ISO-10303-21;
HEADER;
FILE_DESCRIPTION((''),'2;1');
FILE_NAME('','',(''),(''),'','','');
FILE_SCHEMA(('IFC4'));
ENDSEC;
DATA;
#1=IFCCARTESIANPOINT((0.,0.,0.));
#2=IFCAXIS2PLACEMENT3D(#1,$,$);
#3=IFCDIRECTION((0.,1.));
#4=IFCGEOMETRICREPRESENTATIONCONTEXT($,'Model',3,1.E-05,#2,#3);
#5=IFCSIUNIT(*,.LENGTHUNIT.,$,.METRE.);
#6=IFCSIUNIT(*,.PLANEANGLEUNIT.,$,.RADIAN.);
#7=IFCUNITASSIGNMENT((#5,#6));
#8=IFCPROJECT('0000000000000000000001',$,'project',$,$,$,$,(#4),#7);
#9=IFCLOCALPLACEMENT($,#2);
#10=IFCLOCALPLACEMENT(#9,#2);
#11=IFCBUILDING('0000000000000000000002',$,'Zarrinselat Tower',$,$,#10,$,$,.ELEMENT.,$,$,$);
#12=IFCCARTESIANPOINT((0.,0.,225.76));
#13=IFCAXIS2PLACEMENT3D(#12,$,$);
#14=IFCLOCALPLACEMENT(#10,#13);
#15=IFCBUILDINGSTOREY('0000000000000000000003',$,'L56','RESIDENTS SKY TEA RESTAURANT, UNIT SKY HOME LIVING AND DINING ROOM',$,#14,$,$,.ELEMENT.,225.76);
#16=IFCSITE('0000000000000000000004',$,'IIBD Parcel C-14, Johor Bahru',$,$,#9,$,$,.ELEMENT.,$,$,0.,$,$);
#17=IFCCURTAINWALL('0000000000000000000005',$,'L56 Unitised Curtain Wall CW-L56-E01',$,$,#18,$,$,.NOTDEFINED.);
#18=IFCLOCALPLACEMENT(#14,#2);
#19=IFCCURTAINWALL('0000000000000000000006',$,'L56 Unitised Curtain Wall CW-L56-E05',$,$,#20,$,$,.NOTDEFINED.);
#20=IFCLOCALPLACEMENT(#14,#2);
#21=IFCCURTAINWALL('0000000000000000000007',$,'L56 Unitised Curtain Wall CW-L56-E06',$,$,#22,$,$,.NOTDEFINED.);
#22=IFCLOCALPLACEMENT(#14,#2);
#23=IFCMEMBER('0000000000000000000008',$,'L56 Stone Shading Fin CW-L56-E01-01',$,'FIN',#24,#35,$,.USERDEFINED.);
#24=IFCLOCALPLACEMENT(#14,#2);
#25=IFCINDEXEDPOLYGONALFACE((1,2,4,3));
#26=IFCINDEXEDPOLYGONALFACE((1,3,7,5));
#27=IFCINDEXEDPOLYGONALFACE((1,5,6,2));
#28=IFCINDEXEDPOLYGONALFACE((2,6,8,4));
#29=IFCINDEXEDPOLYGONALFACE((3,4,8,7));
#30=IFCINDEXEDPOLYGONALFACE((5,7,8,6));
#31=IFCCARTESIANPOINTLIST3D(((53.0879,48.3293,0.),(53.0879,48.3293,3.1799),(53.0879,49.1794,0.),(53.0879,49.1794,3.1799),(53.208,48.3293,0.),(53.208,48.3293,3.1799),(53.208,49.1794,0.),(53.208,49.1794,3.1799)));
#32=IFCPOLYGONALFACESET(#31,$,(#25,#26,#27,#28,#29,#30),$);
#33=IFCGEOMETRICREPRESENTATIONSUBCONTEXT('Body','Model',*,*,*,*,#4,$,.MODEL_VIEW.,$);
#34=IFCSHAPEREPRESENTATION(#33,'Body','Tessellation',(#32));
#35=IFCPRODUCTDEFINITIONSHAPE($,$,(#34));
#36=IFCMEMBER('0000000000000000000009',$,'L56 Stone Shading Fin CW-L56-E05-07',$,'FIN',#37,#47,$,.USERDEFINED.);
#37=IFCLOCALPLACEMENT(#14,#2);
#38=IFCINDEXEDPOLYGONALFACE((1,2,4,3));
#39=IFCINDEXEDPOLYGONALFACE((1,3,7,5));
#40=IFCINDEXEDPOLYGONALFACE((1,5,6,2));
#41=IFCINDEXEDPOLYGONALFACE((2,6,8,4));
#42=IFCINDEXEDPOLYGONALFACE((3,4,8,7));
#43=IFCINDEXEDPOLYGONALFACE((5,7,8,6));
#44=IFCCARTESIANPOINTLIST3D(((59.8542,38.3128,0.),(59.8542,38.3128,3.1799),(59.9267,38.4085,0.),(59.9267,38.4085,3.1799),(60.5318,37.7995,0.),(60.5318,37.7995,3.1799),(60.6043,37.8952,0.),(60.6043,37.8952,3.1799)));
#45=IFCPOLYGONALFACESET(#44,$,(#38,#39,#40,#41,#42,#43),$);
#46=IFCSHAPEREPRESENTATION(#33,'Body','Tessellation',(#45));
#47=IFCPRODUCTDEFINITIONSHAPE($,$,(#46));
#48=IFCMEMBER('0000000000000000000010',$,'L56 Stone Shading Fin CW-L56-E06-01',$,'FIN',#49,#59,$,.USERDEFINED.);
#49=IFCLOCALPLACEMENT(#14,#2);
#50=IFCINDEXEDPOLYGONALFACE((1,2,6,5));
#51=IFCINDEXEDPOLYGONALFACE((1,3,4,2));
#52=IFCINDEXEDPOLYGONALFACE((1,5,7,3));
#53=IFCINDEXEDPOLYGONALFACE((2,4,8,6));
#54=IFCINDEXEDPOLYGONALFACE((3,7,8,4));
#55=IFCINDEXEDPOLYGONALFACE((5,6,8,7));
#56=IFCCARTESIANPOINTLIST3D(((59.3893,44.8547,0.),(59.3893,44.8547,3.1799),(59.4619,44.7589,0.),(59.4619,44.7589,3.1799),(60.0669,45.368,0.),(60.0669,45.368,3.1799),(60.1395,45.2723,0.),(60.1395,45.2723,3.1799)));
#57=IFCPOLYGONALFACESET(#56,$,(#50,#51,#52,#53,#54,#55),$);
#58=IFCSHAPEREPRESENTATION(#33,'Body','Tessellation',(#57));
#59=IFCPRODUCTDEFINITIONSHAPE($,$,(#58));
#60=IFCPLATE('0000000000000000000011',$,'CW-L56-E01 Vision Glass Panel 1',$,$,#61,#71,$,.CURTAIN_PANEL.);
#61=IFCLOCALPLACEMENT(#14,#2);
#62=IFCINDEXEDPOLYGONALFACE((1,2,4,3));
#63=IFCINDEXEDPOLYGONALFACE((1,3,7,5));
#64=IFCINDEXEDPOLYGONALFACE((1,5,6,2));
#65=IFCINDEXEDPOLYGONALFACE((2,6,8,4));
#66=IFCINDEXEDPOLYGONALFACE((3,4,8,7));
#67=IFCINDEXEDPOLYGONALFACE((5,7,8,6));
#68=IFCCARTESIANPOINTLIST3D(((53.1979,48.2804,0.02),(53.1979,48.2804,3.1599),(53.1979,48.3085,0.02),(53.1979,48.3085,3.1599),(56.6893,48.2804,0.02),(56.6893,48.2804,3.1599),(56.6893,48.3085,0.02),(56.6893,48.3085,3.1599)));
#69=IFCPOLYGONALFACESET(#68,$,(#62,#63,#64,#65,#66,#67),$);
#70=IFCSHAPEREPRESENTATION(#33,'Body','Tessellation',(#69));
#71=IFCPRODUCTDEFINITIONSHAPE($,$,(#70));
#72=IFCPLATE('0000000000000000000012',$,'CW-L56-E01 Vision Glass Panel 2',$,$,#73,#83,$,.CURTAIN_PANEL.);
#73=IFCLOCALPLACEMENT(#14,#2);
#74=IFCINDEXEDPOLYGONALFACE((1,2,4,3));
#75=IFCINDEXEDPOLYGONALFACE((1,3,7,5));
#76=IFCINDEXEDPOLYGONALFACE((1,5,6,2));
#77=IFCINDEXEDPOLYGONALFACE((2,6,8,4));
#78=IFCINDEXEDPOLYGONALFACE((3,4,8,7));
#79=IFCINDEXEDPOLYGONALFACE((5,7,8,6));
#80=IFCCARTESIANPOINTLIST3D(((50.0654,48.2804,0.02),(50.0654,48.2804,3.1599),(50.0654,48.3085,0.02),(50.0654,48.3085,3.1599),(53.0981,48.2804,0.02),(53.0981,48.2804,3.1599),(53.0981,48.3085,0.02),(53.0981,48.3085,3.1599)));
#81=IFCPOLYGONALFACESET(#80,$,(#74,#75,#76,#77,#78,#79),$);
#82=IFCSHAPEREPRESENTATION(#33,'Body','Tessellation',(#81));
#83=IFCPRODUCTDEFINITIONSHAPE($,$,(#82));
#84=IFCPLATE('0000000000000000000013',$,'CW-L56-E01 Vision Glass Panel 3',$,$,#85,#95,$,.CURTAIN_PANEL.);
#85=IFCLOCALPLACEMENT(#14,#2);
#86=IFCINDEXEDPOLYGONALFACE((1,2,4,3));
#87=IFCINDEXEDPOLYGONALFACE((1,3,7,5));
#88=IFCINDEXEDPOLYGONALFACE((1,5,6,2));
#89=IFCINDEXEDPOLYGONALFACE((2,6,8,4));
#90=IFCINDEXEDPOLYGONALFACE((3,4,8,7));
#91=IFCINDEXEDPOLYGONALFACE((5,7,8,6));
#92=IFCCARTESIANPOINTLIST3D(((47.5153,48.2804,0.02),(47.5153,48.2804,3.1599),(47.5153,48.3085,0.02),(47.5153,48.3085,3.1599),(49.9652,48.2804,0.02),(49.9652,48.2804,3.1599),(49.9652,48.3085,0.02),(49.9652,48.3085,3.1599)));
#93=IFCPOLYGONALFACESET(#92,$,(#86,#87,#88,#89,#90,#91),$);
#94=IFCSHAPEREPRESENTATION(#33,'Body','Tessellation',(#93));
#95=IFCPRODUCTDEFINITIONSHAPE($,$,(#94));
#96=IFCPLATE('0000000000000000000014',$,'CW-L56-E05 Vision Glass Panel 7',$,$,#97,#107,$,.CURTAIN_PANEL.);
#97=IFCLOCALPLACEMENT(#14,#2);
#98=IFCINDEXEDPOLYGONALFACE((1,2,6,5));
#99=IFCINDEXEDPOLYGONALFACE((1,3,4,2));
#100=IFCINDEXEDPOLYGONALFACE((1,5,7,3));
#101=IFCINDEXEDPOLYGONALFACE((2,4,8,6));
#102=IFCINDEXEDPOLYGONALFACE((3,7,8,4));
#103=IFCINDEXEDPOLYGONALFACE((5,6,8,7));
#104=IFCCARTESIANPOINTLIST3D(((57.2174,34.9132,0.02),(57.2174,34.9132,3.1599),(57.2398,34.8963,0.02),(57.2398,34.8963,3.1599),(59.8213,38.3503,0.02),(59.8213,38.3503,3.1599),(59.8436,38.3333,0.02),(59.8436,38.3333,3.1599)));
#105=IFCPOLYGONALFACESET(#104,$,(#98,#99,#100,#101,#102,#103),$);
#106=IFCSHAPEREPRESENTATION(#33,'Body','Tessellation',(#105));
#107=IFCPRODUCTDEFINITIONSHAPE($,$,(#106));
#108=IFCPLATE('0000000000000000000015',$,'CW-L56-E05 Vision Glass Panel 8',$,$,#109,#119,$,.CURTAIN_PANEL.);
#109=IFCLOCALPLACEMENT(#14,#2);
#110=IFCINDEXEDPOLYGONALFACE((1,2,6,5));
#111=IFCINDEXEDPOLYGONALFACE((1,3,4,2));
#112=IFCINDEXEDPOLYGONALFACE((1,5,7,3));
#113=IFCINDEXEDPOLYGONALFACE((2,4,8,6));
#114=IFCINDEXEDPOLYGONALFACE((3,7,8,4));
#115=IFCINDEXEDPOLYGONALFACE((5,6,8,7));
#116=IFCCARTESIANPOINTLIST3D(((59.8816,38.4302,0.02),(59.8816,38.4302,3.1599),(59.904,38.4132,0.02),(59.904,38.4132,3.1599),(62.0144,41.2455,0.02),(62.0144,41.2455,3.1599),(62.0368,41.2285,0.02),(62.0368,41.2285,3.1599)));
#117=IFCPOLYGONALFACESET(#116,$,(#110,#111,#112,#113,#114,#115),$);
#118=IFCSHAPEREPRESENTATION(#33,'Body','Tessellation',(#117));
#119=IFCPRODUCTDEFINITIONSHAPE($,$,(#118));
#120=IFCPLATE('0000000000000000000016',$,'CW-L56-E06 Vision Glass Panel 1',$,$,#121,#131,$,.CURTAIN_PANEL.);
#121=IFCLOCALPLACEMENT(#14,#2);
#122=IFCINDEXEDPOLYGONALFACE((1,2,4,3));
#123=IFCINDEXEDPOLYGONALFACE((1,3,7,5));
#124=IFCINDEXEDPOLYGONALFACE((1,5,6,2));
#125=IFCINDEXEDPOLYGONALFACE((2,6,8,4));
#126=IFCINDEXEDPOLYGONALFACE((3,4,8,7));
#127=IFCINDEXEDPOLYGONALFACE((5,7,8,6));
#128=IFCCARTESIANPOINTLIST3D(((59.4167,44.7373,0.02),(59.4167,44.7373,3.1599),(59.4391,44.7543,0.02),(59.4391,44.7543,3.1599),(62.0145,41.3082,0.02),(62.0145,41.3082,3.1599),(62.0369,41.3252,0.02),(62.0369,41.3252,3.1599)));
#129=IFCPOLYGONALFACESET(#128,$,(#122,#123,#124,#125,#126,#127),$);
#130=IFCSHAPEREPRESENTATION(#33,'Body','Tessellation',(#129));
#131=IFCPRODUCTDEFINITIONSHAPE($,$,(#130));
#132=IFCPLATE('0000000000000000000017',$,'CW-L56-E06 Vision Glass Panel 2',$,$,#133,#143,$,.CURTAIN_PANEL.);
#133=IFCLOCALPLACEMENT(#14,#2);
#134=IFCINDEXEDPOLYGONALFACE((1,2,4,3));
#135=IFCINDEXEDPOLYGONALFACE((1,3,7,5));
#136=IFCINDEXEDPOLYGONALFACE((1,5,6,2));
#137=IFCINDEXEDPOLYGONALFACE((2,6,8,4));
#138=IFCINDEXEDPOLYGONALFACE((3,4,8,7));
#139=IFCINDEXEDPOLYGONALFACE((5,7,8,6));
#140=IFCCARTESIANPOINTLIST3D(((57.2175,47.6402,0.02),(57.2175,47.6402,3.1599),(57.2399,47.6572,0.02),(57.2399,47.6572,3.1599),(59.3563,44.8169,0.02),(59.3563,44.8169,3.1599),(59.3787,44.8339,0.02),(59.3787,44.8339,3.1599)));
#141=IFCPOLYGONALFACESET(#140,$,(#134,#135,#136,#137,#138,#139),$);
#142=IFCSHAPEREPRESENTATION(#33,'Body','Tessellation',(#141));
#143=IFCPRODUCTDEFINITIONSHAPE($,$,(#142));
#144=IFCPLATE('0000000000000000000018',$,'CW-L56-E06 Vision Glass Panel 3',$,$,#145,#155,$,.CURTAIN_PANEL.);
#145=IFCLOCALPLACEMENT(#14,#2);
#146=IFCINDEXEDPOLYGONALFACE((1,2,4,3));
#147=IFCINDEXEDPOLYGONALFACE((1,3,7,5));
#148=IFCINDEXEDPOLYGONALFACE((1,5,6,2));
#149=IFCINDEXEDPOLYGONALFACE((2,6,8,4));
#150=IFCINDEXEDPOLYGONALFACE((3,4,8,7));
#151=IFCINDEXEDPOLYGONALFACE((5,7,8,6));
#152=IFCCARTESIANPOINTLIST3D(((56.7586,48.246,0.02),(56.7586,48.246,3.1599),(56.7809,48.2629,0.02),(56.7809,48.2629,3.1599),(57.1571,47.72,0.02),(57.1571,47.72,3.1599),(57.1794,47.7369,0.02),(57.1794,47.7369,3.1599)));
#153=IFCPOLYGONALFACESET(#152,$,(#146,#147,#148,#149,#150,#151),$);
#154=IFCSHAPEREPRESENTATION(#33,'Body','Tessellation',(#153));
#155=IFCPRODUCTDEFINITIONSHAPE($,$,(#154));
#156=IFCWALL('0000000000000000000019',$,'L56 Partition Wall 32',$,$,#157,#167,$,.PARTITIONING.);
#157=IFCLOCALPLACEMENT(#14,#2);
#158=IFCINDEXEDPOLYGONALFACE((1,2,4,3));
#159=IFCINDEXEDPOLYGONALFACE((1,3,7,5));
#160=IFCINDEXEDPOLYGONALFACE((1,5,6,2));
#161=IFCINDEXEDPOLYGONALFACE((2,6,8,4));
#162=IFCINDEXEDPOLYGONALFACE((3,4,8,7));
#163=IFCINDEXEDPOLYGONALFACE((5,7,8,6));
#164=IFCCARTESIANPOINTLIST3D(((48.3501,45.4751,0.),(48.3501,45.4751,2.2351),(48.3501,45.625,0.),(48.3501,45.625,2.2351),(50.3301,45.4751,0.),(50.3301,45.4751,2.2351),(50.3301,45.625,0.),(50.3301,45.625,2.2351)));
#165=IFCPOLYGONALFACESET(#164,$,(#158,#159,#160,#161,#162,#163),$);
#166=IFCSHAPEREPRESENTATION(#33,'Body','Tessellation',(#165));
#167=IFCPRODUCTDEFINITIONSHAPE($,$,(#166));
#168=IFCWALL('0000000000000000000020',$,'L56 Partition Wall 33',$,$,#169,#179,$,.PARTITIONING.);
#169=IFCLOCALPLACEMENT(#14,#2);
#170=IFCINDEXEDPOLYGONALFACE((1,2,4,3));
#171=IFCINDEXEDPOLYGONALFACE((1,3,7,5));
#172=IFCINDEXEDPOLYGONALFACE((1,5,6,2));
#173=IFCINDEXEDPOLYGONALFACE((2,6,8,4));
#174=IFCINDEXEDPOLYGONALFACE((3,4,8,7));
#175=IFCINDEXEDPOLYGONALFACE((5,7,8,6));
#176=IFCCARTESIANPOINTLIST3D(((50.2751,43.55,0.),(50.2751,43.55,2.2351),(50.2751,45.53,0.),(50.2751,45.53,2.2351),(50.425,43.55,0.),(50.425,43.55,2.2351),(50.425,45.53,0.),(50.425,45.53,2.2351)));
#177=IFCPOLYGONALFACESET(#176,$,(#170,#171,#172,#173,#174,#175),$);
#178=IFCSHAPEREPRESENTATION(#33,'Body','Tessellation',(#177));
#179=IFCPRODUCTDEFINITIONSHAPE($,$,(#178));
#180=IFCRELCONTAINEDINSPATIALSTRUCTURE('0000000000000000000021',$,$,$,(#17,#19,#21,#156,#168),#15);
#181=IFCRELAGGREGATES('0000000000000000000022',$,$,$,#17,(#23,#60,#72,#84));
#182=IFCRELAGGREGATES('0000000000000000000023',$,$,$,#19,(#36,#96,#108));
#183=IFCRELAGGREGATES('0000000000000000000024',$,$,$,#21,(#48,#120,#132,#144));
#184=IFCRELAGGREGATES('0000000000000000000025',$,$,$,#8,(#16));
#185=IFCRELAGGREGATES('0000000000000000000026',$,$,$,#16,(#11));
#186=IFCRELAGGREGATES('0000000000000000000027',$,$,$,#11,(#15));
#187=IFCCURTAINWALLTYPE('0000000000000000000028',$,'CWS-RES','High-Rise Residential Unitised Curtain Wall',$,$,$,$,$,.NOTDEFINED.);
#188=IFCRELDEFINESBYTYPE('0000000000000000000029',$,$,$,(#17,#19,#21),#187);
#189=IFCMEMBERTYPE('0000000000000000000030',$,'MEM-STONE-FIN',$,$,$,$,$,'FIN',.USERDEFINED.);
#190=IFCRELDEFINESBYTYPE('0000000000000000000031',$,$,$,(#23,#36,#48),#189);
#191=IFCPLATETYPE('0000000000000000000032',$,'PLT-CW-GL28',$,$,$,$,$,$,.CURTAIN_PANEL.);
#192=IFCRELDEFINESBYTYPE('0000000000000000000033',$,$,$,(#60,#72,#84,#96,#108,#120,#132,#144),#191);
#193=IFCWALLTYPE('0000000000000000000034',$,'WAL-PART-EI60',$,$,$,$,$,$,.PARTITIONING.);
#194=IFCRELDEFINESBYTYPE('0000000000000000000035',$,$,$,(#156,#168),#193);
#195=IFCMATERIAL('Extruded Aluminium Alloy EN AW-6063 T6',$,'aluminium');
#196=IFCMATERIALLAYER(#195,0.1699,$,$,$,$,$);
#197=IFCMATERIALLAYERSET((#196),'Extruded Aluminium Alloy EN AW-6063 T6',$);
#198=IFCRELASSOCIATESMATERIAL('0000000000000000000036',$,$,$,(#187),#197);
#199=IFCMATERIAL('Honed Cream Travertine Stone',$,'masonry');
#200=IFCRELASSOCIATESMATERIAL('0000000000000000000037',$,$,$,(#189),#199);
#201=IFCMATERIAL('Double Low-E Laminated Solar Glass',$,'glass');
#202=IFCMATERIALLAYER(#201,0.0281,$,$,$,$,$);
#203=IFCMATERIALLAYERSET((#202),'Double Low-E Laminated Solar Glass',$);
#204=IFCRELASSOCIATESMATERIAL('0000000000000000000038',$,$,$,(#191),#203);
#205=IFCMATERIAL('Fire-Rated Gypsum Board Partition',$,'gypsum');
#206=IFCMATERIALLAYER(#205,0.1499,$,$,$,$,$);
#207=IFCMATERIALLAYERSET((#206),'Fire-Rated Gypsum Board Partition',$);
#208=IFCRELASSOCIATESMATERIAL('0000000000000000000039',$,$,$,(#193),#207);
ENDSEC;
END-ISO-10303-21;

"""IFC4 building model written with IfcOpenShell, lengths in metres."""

from ifc_helpers import new_model, si_unit, direction, frame, frame_2d, origin, origin_2d, place, context, subcontext, project, spatial, rectangle, extrude, material, layer, layer_set, material_profile, profile_set, type_object, element, aggregate, save


model = new_model("IFC4")

# Units and contexts
model_context = context("Model", 3, precision=1e-05, world=origin(), true_north=direction((0.0, 1.0)))
body_context = subcontext(model_context, "Body", "Model", "MODEL_VIEW")
ifc_project = project(units=[si_unit("LENGTHUNIT", "METRE"), si_unit("PLANEANGLEUNIT", "RADIAN")], contexts=[model_context])

# Site, building, storey
site_placement = place(None, origin())
site = spatial("IfcSite", under=ifc_project, at=site_placement, Name="IIBD Parcel C-14, Johor Bahru", CompositionType="ELEMENT", RefElevation=0.0)
building_placement = place(site_placement, origin())
building = spatial("IfcBuilding", under=site, at=building_placement, Name="Zarrinselat Tower", CompositionType="ELEMENT")
storey_placement = place(building_placement, frame((0.0, 0.0, 225.76)))
storey = spatial("IfcBuildingStorey", under=building, at=storey_placement, Name="L56", Description="RESIDENTS SKY TEA RESTAURANT, UNIT SKY HOME LIVING AND DINING ROOM", CompositionType="ELEMENT", Elevation=225.76)

# Curtain walls
ifc_material_1 = material(Name="Extruded Aluminium Alloy EN AW-6063 T6", Category="aluminium")
ifc_layer_1 = layer(ifc_material_1, 0.1699)
ifc_layer_set_1 = layer_set([ifc_layer_1], Name="Extruded Aluminium Alloy EN AW-6063 T6")
curtain_wall_type = type_object("IfcCurtainWallType", Name="CWS-RES", Description="High-Rise Residential Unitised Curtain Wall", PredefinedType="NOTDEFINED", material=ifc_layer_set_1)
curtain_wall_1_placement = place(storey_placement, origin())
curtain_wall_1 = element("IfcCurtainWall", 1, at=curtain_wall_1_placement, inside=storey, type_object=curtain_wall_type, Name="L56 Unitised Curtain Wall CW-L56-E01", PredefinedType="NOTDEFINED")
curtain_wall_2_placement = place(storey_placement, origin())
curtain_wall_2 = element("IfcCurtainWall", 2, at=curtain_wall_2_placement, inside=storey, type_object=curtain_wall_type, Name="L56 Unitised Curtain Wall CW-L56-E05", PredefinedType="NOTDEFINED")
curtain_wall_3_placement = place(storey_placement, origin())
curtain_wall_3 = element("IfcCurtainWall", 3, at=curtain_wall_3_placement, inside=storey, type_object=curtain_wall_type, Name="L56 Unitised Curtain Wall CW-L56-E06", PredefinedType="NOTDEFINED")

# Members
ifc_material_2 = material(Name="Honed Cream Travertine Stone", Category="masonry")
ifc_material_profile_1 = material_profile(ifc_material_2, rectangle(XDim=0.1201, YDim=0.8501, at=origin_2d()), Name="FIN 850x120")
ifc_profile_set_1 = profile_set([ifc_material_profile_1], Name="Honed Cream Travertine Stone")
member_type_1 = type_object("IfcMemberType", Name="MEM-STONE-FIN", ElementType="FIN", PredefinedType="USERDEFINED", material=ifc_profile_set_1)
member_1_placement = place(storey_placement, frame((53.1479, 48.7544, 0.0), z_axis=(0.0, 0.0, 1.0), x_axis=(1.0, 0.0, 0.0)))
member_1 = element("IfcMember", 4, at=member_1_placement, type_object=member_type_1, Name="L56 Stone Shading Fin CW-L56-E01-01", ObjectType="FIN", PredefinedType="USERDEFINED", context=body_context, shape_type="SweptSolid", body=[
    extrude(rectangle(XDim=0.1201, YDim=0.8501, at=origin_2d()), origin(), (0.0, 0.0, 1.0), 3.1799),
])
member_2_placement = place(storey_placement, frame((60.2292, 38.104, 0.0), z_axis=(0.0, 0.0, 1.0), x_axis=(-0.603859, -0.797091, 0.0)))
member_2 = element("IfcMember", 5, at=member_2_placement, type_object=member_type_1, Name="L56 Stone Shading Fin CW-L56-E05-07", ObjectType="FIN", PredefinedType="USERDEFINED", context=body_context, shape_type="SweptSolid", body=[
    extrude(rectangle(XDim=0.1201, YDim=0.8501, at=origin_2d()), origin(), (0.0, 0.0, 1.0), 3.1799),
])
member_3_placement = place(storey_placement, frame((59.7644, 45.0635, 0.0), z_axis=(0.0, 0.0, 1.0), x_axis=(0.60386, -0.79709, 0.0)))
member_3 = element("IfcMember", 6, at=member_3_placement, type_object=member_type_1, Name="L56 Stone Shading Fin CW-L56-E06-01", ObjectType="FIN", PredefinedType="USERDEFINED", context=body_context, shape_type="SweptSolid", body=[
    extrude(rectangle(XDim=0.1201, YDim=0.8501, at=origin_2d()), origin(), (0.0, 0.0, 1.0), 3.1799),
])

# Plates
ifc_material_3 = material(Name="Double Low-E Laminated Solar Glass", Category="glass")
ifc_layer_2 = layer(ifc_material_3, 0.0281)
ifc_layer_set_2 = layer_set([ifc_layer_2], Name="Double Low-E Laminated Solar Glass")
plate_type = type_object("IfcPlateType", Name="PLT-CW-GL28", PredefinedType="CURTAIN_PANEL", material=ifc_layer_set_2)
plate_1_placement = place(storey_placement, frame((54.9436, 48.2944, 0.02), z_axis=(0.0, 0.0, 1.0), x_axis=(-1.0, 0.0, 0.0)))
plate_1 = element("IfcPlate", 7, at=plate_1_placement, type_object=plate_type, Name="CW-L56-E01 Vision Glass Panel 1", PredefinedType="CURTAIN_PANEL", context=body_context, shape_type="SweptSolid", body=[
    extrude(rectangle(XDim=3.4915, YDim=0.0281, at=origin_2d()), origin(), (0.0, 0.0, 1.0), 3.1399),
])
plate_2_placement = place(storey_placement, frame((51.5818, 48.2944, 0.02), z_axis=(0.0, 0.0, 1.0), x_axis=(-1.0, 0.0, 0.0)))
plate_2 = element("IfcPlate", 8, at=plate_2_placement, type_object=plate_type, Name="CW-L56-E01 Vision Glass Panel 2", PredefinedType="CURTAIN_PANEL", context=body_context, shape_type="SweptSolid", body=[
    extrude(rectangle(XDim=3.0327, YDim=0.0281, at=origin_2d()), origin(), (0.0, 0.0, 1.0), 3.1399),
])
plate_3_placement = place(storey_placement, frame((48.7402, 48.2944, 0.02), z_axis=(0.0, 0.0, 1.0), x_axis=(-1.0, 0.0, 0.0)))
plate_3 = element("IfcPlate", 9, at=plate_3_placement, type_object=plate_type, Name="CW-L56-E01 Vision Glass Panel 3", PredefinedType="CURTAIN_PANEL", context=body_context, shape_type="SweptSolid", body=[
    extrude(rectangle(XDim=2.45, YDim=0.0281, at=origin_2d()), origin(), (0.0, 0.0, 1.0), 3.1399),
])
aggregate(curtain_wall_1, [member_1, plate_1, plate_2, plate_3])
plate_4_placement = place(storey_placement, frame((58.5305, 36.6233, 0.02), z_axis=(0.0, 0.0, 1.0), x_axis=(0.603859, 0.797091, 0.0)))
plate_4 = element("IfcPlate", 10, at=plate_4_placement, type_object=plate_type, Name="CW-L56-E05 Vision Glass Panel 7", PredefinedType="CURTAIN_PANEL", context=body_context, shape_type="SweptSolid", body=[
    extrude(rectangle(XDim=4.312, YDim=0.0281, at=origin_2d()), origin(), (0.0, 0.0, 1.0), 3.1399),
])
plate_5_placement = place(storey_placement, frame((60.9592, 39.8293, 0.02), z_axis=(0.0, 0.0, 1.0), x_axis=(0.603859, 0.797091, 0.0)))
plate_5 = element("IfcPlate", 11, at=plate_5_placement, type_object=plate_type, Name="CW-L56-E05 Vision Glass Panel 8", PredefinedType="CURTAIN_PANEL", context=body_context, shape_type="SweptSolid", body=[
    extrude(rectangle(XDim=3.532, YDim=0.0281, at=origin_2d()), origin(), (0.0, 0.0, 1.0), 3.1399),
])
aggregate(curtain_wall_2, [member_2, plate_4, plate_5])
plate_6_placement = place(storey_placement, frame((60.7268, 43.0312, 0.02), z_axis=(0.0, 0.0, 1.0), x_axis=(-0.60386, 0.79709, 0.0)))
plate_6 = element("IfcPlate", 12, at=plate_6_placement, type_object=plate_type, Name="CW-L56-E06 Vision Glass Panel 1", PredefinedType="CURTAIN_PANEL", context=body_context, shape_type="SweptSolid", body=[
    extrude(rectangle(XDim=4.302, YDim=0.0281, at=origin_2d()), origin(), (0.0, 0.0, 1.0), 3.1399),
])
plate_7_placement = place(storey_placement, frame((58.2981, 46.2371, 0.02), z_axis=(0.0, 0.0, 1.0), x_axis=(-0.60386, 0.79709, 0.0)))
plate_7 = element("IfcPlate", 13, at=plate_7_placement, type_object=plate_type, Name="CW-L56-E06 Vision Glass Panel 2", PredefinedType="CURTAIN_PANEL", context=body_context, shape_type="SweptSolid", body=[
    extrude(rectangle(XDim=3.542, YDim=0.0281, at=origin_2d()), origin(), (0.0, 0.0, 1.0), 3.1399),
])
plate_8_placement = place(storey_placement, frame((56.969, 47.9915, 0.02), z_axis=(0.0, 0.0, 1.0), x_axis=(-0.60386, 0.79709, 0.0)))
plate_8 = element("IfcPlate", 14, at=plate_8_placement, type_object=plate_type, Name="CW-L56-E06 Vision Glass Panel 3", PredefinedType="CURTAIN_PANEL", context=body_context, shape_type="SweptSolid", body=[
    extrude(rectangle(XDim=0.6599, YDim=0.0281, at=origin_2d()), origin(), (0.0, 0.0, 1.0), 3.1399),
])
aggregate(curtain_wall_3, [member_3, plate_6, plate_7, plate_8])

# Walls
ifc_material_4 = material(Name="Fire-Rated Gypsum Board Partition", Category="gypsum")
ifc_layer_3 = layer(ifc_material_4, 0.1499)
ifc_layer_set_3 = layer_set([ifc_layer_3], Name="Fire-Rated Gypsum Board Partition")
wall_type_1 = type_object("IfcWallType", Name="WAL-PART-EI60", PredefinedType="PARTITIONING", material=ifc_layer_set_3)
for number, where, z_axis, x_axis, name in (
    (15, (48.3501, 45.55, 0.0), (0.0, 0.0, 1.0), (1.0, 0.0, 0.0), "L56 Partition Wall 32"),
    (16, (50.3501, 43.55, 0.0), (0.0, 0.0, 1.0), (0.0, 1.0, 0.0), "L56 Partition Wall 33"),
):
    element("IfcWall", number, at=place(storey_placement, frame(where, z_axis=z_axis, x_axis=x_axis)), inside=storey, type_object=wall_type_1, Name=name, PredefinedType="PARTITIONING", context=body_context, shape_type="SweptSolid", body=[
        extrude(rectangle(XDim=1.98, YDim=0.1499, at=frame_2d((0.99, 0.0))), origin(), (0.0, 0.0, 1.0), 2.2351),
    ])

save(model, "model.ifc")
